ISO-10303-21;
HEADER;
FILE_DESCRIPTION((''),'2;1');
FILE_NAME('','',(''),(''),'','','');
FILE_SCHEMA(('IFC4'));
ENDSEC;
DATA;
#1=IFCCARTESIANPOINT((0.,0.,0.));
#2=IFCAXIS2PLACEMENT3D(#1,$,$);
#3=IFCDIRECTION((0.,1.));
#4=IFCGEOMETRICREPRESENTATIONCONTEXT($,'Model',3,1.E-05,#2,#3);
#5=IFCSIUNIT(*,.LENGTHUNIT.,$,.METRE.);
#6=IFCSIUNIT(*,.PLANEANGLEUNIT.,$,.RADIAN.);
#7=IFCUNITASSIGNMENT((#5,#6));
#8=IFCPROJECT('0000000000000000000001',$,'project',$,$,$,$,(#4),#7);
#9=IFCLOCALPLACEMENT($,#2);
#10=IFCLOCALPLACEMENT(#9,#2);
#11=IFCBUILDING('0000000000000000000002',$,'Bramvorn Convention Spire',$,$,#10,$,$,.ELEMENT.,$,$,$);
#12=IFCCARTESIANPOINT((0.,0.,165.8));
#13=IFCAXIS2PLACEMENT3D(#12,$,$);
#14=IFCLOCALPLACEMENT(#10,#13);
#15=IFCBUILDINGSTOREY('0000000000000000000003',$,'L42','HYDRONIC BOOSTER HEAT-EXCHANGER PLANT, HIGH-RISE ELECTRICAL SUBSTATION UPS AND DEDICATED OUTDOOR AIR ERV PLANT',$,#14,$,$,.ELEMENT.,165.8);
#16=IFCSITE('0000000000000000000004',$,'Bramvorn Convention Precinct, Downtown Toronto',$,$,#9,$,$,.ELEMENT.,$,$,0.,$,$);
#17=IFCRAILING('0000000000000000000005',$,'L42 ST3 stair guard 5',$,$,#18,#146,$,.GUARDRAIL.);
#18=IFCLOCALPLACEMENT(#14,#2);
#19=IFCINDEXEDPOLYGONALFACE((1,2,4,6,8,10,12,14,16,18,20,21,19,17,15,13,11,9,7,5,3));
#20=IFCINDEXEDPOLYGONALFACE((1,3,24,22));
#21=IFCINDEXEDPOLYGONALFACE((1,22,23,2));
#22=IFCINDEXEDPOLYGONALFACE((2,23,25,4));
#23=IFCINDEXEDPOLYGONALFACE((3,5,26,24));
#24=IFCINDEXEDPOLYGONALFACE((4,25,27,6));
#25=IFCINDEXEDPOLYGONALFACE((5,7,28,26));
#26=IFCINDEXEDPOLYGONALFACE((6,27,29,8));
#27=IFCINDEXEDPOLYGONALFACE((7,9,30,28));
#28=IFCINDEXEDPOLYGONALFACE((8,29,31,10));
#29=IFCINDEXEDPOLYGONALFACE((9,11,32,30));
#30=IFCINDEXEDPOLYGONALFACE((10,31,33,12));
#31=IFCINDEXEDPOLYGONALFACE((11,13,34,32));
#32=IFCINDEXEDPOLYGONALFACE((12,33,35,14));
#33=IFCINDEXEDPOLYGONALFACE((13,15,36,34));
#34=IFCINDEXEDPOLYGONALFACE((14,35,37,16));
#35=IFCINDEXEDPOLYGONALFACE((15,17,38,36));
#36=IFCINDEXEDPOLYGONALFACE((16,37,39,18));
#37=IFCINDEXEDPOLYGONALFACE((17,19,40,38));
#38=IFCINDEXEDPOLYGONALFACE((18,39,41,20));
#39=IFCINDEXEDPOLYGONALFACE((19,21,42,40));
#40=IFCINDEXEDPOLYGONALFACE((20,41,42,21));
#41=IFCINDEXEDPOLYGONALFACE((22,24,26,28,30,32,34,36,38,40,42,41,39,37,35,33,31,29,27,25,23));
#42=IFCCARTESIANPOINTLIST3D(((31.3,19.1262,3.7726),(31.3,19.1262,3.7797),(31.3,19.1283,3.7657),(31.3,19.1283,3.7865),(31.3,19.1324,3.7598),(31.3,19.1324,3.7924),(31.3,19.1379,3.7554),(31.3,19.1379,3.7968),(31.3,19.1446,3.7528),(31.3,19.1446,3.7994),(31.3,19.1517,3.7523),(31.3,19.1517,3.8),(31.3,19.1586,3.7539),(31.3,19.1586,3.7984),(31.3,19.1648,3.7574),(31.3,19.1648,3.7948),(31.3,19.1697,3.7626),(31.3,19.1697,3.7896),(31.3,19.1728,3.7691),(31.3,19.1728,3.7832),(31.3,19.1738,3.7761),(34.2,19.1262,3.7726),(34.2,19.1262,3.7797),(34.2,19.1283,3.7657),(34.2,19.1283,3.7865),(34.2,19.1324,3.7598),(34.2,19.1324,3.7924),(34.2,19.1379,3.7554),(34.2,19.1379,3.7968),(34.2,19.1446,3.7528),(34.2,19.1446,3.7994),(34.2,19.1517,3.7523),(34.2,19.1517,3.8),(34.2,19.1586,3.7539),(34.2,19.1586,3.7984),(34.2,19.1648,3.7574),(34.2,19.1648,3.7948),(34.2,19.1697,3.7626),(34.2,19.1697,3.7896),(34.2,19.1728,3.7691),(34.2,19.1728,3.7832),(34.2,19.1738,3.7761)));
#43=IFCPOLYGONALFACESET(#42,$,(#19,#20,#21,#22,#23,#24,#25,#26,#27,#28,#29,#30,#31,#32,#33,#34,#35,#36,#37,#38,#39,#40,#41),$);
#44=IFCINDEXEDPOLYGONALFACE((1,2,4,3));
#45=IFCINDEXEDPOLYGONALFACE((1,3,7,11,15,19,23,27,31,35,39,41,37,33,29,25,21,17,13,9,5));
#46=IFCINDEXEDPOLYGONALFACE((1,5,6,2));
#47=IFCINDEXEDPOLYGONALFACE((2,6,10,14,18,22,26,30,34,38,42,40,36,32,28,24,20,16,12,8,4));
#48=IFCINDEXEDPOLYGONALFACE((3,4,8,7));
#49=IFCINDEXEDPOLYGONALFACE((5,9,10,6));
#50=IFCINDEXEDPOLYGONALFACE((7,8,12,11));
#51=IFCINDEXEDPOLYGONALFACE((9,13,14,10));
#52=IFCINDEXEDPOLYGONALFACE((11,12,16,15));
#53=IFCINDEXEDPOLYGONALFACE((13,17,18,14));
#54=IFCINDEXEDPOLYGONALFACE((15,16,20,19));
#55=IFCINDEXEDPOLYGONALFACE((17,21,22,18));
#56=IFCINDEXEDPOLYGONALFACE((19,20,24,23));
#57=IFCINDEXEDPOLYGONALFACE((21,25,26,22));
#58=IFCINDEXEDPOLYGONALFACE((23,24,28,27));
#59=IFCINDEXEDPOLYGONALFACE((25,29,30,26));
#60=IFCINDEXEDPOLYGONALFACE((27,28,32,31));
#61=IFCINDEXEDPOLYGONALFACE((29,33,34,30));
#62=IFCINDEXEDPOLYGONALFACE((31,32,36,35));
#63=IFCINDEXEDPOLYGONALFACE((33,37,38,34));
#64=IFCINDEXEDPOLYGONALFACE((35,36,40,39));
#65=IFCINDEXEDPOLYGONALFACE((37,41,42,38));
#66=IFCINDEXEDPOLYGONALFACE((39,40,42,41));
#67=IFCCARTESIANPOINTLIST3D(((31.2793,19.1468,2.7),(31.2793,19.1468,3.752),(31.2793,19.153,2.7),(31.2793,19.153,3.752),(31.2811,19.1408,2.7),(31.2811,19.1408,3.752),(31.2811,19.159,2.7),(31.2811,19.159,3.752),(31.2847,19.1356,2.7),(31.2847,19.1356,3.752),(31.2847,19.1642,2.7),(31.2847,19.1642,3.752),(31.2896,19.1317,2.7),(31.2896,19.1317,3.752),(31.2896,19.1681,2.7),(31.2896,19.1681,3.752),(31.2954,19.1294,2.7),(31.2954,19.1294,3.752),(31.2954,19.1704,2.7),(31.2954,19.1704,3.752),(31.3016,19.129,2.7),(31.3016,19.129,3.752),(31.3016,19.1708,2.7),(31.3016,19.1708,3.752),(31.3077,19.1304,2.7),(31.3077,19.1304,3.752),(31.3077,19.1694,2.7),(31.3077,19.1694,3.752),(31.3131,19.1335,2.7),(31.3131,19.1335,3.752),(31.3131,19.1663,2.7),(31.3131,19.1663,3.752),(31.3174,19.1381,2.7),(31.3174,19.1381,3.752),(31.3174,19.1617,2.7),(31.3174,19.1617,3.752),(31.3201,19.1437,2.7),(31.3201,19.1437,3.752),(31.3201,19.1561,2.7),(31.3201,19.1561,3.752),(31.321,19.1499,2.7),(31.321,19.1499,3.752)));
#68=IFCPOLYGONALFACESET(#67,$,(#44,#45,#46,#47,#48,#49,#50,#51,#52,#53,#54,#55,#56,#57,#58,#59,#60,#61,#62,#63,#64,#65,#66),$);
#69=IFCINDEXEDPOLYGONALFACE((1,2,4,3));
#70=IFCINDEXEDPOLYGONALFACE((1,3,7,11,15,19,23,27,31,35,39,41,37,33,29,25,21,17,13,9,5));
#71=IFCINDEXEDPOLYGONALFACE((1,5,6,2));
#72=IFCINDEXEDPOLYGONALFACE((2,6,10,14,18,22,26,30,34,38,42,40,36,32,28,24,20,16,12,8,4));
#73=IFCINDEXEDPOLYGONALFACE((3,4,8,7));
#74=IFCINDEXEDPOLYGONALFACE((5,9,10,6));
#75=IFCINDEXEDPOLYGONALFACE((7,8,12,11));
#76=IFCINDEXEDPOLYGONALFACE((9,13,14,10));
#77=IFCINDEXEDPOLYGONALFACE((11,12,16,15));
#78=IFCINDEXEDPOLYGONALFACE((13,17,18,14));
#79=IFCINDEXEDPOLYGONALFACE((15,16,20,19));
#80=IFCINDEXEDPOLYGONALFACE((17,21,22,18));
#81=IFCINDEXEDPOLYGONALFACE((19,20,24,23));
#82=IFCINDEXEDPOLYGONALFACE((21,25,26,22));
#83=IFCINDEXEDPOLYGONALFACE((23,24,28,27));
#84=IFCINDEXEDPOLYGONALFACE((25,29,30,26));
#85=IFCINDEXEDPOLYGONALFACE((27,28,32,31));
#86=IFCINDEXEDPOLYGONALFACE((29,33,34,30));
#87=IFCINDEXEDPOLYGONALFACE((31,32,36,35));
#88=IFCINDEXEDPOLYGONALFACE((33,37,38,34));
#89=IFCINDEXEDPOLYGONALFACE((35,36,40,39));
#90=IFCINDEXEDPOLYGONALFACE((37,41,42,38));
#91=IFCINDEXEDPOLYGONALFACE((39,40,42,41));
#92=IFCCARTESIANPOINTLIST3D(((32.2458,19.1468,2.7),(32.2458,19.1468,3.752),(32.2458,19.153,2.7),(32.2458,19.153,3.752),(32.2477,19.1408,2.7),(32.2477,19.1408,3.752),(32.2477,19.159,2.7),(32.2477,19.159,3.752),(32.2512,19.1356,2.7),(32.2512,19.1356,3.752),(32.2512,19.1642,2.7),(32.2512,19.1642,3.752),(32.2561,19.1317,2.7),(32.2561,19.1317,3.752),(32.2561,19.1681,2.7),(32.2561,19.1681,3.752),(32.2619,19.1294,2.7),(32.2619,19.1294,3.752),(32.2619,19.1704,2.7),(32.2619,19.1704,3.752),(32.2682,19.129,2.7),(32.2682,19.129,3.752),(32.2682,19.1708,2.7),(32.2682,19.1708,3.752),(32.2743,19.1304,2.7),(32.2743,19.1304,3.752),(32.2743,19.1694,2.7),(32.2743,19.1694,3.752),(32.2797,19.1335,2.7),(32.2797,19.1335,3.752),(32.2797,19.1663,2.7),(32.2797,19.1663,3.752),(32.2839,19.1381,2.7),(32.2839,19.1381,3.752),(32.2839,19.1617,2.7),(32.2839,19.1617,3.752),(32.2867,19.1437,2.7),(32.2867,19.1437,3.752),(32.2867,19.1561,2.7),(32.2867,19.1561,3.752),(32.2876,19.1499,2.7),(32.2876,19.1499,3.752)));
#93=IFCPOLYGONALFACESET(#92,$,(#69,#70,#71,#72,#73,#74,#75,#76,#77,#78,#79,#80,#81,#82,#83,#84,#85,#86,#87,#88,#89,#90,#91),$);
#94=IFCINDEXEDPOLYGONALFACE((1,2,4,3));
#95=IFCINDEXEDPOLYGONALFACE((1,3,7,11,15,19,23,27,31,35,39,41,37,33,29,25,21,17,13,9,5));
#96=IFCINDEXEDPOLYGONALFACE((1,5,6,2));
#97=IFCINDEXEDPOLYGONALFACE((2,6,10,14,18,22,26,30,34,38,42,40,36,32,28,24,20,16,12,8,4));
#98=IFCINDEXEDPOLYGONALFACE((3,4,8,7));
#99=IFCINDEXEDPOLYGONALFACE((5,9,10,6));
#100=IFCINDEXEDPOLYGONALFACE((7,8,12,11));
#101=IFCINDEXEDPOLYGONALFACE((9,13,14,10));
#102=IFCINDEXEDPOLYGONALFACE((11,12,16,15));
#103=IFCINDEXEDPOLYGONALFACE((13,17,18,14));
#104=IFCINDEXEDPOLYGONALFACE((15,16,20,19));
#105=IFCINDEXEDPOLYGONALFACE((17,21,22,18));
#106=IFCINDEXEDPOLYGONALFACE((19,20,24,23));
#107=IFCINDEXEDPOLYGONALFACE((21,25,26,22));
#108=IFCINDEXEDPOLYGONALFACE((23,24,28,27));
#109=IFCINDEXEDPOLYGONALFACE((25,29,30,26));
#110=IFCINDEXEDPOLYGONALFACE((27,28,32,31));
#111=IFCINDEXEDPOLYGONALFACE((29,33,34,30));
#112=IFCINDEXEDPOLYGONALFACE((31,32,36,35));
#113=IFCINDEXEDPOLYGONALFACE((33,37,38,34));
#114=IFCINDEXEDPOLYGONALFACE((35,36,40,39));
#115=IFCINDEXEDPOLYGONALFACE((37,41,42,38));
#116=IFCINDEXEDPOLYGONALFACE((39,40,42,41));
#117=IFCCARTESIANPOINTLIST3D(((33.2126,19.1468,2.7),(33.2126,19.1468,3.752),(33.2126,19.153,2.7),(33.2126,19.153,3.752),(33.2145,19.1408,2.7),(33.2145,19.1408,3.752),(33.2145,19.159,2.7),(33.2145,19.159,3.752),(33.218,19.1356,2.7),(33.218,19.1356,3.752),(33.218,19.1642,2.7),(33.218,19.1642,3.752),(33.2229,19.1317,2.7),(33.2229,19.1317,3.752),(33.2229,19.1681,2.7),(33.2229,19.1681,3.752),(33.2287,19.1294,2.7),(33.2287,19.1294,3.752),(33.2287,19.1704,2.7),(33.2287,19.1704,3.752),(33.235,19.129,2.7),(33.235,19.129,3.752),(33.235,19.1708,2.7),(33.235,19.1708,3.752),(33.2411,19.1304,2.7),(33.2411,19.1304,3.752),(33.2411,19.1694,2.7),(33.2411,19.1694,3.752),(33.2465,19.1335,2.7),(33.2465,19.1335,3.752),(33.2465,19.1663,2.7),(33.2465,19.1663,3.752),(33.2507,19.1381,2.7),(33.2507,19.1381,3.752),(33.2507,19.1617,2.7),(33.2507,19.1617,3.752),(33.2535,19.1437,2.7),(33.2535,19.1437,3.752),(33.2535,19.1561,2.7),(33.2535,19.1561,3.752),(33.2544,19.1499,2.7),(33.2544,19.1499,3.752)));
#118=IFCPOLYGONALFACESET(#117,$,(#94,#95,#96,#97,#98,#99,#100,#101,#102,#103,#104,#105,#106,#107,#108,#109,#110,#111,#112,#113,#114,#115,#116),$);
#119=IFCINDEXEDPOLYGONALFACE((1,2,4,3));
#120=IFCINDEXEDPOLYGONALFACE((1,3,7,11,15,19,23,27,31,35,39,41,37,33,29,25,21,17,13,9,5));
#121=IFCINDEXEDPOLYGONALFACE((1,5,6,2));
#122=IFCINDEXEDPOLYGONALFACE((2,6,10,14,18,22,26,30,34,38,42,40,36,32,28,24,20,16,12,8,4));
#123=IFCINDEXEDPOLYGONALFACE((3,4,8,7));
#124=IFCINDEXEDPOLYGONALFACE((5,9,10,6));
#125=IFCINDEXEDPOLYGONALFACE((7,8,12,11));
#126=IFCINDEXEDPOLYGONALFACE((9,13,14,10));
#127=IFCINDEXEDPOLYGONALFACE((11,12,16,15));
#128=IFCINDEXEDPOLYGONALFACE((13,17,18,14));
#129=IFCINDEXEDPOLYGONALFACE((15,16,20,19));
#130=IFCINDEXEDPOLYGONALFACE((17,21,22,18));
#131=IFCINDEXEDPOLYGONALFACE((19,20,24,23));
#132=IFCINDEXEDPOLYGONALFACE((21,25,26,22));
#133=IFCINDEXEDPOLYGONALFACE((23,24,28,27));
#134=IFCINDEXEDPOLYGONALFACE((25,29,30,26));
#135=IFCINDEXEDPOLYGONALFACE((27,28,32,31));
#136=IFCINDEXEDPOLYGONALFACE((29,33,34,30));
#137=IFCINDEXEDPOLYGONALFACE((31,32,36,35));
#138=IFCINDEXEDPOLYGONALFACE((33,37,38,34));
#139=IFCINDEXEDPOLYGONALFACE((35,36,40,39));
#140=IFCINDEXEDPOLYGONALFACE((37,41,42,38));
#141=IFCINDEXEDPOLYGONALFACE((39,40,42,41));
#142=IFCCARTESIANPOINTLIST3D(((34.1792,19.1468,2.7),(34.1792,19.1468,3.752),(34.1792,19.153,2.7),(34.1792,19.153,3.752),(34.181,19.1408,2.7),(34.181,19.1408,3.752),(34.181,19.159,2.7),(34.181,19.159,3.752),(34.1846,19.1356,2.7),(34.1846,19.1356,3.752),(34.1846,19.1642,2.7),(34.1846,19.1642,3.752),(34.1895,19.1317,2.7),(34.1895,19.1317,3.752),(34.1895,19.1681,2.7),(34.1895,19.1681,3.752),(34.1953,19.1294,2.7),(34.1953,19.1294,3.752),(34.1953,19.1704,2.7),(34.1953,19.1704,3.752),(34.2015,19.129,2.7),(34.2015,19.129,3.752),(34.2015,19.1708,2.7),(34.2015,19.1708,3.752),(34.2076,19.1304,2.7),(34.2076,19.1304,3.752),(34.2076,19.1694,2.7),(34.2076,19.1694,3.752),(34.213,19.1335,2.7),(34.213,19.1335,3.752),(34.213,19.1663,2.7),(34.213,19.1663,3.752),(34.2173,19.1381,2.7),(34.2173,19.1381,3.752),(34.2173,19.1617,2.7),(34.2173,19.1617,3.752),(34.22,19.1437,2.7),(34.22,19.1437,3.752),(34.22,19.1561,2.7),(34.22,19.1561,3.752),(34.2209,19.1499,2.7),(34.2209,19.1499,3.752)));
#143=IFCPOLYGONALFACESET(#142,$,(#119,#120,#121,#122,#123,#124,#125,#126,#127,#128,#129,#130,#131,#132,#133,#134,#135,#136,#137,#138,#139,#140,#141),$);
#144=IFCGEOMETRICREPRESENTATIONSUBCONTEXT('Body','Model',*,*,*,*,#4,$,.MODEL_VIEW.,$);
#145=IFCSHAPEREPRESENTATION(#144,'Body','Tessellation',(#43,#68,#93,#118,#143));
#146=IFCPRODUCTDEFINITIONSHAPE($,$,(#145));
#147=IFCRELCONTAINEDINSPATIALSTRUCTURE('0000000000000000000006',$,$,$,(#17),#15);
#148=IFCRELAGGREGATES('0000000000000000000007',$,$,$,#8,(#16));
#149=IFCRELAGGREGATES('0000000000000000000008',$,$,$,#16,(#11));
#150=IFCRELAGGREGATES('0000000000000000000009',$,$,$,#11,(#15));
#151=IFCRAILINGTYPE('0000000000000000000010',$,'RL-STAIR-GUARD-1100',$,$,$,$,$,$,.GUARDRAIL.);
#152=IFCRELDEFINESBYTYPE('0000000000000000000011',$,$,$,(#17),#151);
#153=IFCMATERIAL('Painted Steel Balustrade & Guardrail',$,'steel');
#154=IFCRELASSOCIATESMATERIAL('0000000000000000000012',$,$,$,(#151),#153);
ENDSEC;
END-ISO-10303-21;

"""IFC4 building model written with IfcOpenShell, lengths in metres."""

from ifc_helpers import new_model, si_unit, direction, frame, origin, origin_2d, place, context, subcontext, project, spatial, circle, extrude, material, type_object, element, save


model = new_model("IFC4")

# Units and contexts
model_context = context("Model", 3, precision=1e-05, world=origin(), true_north=direction((0.0, 1.0)))
body_context = subcontext(model_context, "Body", "Model", "MODEL_VIEW")
ifc_project = project(units=[si_unit("LENGTHUNIT", "METRE"), si_unit("PLANEANGLEUNIT", "RADIAN")], contexts=[model_context])

# Site, building, storey
site_placement = place(None, origin())
site = spatial("IfcSite", under=ifc_project, at=site_placement, Name="Bramvorn Convention Precinct, Downtown Toronto", CompositionType="ELEMENT", RefElevation=0.0)
building_placement = place(site_placement, origin())
building = spatial("IfcBuilding", under=site, at=building_placement, Name="Bramvorn Convention Spire", CompositionType="ELEMENT")
storey_placement = place(building_placement, frame((0.0, 0.0, 165.8)))
storey = spatial("IfcBuildingStorey", under=building, at=storey_placement, Name="L42", Description="HYDRONIC BOOSTER HEAT-EXCHANGER PLANT, HIGH-RISE ELECTRICAL SUBSTATION UPS AND DEDICATED OUTDOOR AIR ERV PLANT", CompositionType="ELEMENT", Elevation=165.8)

# Railing
ifc_material_1 = material(Name="Painted Steel Balustrade & Guardrail", Category="steel")
railing_type_1 = type_object("IfcRailingType", Name="RL-STAIR-GUARD-1100", PredefinedType="GUARDRAIL", material=ifc_material_1)
railing_1_placement = place(storey_placement, frame((31.3, 19.1499, 2.7)))
element("IfcRailing", 1, at=railing_1_placement, inside=storey, type_object=railing_type_1, Name="L42 ST3 stair guard 5", PredefinedType="GUARDRAIL", context=body_context, shape_type="SweptSolid", body=[
    extrude(circle(Radius=0.0239, at=origin_2d()), frame((0.0, 0.0, 1.0762), z_axis=(1.0, 0.0, 0.0), x_axis=(0.0, 1.0, 0.0)), (0.0, 0.0, 1.0), 2.8999),
    extrude(circle(Radius=0.021, at=origin_2d()), origin(), (0.0, 0.0, 1.0), 1.052),
    extrude(circle(Radius=0.021, at=origin_2d()), frame((0.9666, 0.0, 0.0)), (0.0, 0.0, 1.0), 1.052),
    extrude(circle(Radius=0.021, at=origin_2d()), frame((1.9333, 0.0, 0.0)), (0.0, 0.0, 1.0), 1.052),
    extrude(circle(Radius=0.021, at=origin_2d()), frame((2.8999, 0.0, 0.0)), (0.0, 0.0, 1.0), 1.052),
])

save(model, "model.ifc")
